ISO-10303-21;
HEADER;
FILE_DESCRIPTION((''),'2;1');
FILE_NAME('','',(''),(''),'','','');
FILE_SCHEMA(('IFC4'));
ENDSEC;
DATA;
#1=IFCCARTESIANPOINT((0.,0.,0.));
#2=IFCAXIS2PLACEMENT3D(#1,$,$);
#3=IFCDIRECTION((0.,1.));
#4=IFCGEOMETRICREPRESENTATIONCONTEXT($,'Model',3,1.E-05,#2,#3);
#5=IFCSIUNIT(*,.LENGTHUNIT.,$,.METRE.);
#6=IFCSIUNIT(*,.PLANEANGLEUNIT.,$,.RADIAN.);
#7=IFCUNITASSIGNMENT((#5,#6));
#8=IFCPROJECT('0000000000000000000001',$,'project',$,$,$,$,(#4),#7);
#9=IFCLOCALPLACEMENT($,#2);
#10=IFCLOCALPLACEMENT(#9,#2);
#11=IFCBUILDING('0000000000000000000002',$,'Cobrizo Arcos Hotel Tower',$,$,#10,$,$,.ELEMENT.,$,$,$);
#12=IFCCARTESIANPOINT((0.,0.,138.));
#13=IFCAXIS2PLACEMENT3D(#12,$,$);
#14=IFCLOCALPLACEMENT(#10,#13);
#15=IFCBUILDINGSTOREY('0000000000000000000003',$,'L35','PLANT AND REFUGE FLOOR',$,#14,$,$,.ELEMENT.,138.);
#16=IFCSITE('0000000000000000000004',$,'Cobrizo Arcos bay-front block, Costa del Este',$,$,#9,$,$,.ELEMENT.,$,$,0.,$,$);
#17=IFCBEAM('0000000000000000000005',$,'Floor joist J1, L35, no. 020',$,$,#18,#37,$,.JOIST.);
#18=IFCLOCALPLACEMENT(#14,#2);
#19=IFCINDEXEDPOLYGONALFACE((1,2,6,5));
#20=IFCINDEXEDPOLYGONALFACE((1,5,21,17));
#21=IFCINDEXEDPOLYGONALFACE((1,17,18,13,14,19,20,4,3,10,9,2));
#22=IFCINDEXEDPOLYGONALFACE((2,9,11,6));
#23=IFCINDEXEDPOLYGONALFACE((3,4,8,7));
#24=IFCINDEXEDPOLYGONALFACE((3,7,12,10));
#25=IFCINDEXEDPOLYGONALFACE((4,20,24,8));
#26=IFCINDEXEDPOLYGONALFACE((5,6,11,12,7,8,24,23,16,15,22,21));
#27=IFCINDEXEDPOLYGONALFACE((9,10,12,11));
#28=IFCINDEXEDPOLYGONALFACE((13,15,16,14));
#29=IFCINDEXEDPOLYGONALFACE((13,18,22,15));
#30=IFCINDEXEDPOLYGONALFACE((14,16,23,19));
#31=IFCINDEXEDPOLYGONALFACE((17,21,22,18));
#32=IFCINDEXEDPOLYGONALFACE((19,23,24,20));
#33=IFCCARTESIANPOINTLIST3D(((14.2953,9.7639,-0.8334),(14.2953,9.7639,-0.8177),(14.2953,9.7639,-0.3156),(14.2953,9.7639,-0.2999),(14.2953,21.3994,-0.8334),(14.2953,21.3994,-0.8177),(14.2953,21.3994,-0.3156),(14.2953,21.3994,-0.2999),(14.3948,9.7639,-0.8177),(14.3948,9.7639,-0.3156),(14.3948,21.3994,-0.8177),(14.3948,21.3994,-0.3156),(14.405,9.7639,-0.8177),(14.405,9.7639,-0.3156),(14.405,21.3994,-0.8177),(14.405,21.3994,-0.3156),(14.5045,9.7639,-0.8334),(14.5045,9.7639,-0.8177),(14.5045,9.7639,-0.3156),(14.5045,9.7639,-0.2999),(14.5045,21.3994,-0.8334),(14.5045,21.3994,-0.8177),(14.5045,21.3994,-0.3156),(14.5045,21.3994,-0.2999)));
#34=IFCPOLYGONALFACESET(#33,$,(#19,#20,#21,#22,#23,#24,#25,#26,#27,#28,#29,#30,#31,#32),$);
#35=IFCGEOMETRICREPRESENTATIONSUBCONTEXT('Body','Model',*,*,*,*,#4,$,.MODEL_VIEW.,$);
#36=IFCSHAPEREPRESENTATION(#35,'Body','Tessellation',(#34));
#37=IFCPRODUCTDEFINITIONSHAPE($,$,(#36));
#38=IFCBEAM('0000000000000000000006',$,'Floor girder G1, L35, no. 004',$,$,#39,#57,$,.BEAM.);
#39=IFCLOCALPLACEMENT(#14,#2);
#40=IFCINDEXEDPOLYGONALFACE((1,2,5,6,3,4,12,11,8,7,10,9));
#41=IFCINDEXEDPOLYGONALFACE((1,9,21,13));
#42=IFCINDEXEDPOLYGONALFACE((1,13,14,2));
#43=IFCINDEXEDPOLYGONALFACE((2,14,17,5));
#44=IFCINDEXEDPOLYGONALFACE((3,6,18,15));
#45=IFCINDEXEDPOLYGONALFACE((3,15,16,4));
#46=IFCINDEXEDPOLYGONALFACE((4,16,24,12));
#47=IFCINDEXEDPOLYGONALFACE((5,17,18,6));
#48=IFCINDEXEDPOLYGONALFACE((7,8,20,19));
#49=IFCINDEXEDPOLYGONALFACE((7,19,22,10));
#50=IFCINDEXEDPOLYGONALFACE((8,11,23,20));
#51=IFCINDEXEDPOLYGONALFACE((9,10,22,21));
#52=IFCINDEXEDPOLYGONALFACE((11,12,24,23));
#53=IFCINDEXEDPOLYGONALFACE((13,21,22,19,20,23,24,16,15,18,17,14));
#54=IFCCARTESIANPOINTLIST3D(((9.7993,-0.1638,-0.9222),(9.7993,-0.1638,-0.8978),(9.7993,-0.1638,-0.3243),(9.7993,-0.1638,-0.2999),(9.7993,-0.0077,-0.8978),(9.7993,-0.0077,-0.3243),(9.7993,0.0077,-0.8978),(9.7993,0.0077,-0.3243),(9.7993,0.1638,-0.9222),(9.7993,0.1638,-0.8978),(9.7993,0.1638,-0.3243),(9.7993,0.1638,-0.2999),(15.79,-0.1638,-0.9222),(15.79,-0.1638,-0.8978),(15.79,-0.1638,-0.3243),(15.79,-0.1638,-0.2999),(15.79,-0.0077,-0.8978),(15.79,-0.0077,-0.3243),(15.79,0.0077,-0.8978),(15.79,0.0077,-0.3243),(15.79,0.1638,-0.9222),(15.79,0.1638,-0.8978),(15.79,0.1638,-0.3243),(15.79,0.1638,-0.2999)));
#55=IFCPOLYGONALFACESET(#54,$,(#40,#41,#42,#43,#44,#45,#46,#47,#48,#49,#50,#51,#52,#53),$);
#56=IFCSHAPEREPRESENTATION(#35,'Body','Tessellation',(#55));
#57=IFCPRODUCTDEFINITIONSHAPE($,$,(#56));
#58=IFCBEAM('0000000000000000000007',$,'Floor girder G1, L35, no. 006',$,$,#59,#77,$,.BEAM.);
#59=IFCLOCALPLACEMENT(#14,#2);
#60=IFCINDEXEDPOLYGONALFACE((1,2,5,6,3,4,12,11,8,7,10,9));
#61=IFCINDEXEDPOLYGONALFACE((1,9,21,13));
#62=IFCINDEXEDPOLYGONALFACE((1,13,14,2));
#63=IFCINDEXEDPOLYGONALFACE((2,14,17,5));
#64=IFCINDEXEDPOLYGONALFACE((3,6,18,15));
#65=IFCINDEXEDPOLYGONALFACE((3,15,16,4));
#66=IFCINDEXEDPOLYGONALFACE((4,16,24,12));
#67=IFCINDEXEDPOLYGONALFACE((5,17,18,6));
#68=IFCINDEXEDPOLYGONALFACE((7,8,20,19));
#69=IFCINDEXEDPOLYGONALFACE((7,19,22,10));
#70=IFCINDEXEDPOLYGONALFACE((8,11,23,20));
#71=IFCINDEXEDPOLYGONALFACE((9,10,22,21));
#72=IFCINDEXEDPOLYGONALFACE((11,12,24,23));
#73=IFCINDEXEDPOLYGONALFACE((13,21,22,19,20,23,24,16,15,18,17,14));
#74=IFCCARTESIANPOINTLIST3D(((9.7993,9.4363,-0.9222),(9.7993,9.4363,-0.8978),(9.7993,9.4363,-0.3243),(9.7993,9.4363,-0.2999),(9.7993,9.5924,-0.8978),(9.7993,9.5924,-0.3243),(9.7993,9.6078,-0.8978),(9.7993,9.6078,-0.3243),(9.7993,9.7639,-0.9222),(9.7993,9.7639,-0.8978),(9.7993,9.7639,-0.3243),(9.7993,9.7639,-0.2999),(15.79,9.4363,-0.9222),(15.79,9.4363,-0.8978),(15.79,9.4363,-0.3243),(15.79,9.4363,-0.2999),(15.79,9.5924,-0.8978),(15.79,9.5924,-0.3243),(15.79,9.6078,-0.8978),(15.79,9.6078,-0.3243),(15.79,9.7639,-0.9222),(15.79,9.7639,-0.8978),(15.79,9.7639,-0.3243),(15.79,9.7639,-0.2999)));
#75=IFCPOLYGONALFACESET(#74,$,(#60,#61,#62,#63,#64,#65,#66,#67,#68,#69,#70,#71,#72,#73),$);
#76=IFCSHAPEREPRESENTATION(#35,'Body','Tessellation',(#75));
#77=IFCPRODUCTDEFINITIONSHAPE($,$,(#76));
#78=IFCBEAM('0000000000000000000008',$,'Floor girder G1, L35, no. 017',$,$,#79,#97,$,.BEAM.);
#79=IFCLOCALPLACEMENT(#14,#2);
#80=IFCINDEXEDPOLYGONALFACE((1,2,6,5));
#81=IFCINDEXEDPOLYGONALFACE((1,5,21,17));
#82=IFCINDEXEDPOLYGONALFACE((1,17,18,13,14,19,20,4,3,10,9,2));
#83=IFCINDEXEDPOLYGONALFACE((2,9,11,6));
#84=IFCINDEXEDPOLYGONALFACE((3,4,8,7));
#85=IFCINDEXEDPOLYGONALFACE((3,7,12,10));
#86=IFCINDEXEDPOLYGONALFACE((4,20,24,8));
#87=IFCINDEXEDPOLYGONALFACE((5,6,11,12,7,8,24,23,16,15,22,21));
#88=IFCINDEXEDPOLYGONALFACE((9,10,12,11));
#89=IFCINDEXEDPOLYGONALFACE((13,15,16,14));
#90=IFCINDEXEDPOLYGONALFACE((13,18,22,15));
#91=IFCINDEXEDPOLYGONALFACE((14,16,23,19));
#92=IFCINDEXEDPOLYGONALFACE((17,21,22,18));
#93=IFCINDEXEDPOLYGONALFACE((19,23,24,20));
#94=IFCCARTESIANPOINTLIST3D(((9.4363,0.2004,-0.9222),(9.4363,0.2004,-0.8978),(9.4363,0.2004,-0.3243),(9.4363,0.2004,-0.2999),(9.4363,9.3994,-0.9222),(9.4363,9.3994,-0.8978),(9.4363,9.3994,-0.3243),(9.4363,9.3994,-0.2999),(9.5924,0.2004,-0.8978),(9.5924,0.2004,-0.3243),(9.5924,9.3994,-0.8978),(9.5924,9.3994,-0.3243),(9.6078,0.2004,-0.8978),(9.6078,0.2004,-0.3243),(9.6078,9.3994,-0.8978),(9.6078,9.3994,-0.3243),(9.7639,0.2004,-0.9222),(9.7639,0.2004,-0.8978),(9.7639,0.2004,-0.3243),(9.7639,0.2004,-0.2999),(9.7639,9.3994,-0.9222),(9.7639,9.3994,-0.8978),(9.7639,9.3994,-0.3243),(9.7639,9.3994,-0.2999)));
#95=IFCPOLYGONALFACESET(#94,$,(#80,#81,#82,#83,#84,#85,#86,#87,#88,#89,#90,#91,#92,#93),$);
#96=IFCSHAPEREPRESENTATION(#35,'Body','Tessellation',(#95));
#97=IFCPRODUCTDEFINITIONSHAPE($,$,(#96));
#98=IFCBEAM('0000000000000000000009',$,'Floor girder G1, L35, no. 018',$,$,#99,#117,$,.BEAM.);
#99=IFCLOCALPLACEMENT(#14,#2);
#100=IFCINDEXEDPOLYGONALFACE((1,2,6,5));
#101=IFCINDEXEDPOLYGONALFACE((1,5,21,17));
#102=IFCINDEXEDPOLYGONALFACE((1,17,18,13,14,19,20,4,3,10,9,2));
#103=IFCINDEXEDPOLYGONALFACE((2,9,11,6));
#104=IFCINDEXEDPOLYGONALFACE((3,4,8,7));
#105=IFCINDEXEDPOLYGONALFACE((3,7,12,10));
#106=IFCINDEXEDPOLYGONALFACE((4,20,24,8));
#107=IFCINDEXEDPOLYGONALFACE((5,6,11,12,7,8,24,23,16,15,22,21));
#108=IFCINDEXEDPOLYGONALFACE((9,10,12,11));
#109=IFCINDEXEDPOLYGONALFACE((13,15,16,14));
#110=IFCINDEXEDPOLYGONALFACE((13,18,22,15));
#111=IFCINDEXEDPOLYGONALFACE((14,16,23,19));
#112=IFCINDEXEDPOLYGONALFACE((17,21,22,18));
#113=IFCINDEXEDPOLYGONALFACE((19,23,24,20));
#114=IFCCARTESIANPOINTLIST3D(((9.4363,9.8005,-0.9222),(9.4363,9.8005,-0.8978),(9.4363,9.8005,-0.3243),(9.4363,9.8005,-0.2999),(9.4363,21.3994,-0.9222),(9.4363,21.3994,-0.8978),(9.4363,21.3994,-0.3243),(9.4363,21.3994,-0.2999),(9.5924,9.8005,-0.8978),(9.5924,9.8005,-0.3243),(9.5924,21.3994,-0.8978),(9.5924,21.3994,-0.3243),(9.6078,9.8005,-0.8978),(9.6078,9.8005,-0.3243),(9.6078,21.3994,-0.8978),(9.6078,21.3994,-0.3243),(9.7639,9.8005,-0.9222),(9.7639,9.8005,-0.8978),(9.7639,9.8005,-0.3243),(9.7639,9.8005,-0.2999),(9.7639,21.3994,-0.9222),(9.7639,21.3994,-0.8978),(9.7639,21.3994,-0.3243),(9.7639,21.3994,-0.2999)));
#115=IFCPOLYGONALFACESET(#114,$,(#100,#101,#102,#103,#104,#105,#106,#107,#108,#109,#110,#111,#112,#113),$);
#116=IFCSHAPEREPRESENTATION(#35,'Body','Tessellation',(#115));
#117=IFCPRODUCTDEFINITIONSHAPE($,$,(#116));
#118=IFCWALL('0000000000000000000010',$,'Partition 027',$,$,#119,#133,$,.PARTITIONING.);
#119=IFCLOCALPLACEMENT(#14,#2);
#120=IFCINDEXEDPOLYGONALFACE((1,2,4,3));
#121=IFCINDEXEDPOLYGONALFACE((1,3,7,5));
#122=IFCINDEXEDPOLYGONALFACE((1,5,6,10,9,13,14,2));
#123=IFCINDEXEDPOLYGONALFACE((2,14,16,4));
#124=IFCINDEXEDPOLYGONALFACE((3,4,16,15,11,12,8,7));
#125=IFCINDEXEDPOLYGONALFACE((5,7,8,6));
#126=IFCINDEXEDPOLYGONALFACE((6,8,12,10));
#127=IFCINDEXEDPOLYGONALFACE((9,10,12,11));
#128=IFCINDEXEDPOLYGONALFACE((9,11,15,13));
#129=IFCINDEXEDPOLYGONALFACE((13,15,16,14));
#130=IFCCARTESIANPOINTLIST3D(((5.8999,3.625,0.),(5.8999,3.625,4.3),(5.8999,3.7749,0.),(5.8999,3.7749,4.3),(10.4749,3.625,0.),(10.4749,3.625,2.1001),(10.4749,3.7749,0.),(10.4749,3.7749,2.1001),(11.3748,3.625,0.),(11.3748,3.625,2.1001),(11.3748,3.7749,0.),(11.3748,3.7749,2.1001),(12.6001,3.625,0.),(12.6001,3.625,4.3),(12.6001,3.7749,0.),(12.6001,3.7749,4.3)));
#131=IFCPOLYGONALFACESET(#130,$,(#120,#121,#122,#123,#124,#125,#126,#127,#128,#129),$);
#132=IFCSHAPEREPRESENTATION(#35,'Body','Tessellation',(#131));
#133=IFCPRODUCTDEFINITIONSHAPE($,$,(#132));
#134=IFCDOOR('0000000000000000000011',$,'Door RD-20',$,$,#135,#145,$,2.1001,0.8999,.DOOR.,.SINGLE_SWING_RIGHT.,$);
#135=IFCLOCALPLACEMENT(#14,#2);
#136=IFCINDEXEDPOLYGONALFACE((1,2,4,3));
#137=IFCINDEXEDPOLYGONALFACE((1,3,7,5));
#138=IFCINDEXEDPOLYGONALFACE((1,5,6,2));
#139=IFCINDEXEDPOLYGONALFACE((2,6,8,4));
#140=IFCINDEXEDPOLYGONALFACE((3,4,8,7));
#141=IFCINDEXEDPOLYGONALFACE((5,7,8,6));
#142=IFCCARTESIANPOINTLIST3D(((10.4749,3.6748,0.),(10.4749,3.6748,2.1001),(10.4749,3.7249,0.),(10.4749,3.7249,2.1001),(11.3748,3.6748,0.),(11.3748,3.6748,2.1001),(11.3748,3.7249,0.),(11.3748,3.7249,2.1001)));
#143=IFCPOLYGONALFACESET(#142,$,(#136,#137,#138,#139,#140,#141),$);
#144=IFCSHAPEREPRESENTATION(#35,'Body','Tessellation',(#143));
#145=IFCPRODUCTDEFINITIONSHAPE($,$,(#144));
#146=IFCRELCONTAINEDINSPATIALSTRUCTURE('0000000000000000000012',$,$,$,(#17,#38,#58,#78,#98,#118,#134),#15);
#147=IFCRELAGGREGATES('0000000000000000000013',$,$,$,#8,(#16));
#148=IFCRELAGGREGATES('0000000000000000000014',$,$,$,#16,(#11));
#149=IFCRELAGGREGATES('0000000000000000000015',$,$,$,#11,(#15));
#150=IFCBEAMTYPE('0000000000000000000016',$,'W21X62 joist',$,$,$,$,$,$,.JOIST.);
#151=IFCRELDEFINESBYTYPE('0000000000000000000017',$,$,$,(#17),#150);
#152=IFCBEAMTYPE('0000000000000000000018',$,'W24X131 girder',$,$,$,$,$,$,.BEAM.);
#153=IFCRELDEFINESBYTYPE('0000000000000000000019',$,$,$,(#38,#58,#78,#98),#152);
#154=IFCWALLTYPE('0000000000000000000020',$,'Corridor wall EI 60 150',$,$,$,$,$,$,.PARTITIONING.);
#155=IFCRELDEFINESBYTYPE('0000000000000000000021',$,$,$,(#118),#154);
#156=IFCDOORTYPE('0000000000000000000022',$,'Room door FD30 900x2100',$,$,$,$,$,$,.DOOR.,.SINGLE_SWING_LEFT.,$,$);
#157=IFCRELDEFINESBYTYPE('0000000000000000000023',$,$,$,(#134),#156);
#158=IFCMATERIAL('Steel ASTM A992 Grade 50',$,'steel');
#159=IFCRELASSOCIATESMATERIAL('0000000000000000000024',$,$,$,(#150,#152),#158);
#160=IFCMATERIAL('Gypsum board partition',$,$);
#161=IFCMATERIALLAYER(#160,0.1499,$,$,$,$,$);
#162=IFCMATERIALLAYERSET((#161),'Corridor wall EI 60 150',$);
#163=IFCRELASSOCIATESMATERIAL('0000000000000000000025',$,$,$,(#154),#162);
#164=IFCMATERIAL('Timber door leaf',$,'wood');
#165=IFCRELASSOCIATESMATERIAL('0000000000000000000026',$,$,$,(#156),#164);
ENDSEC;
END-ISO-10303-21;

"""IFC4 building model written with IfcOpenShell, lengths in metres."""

from ifc_helpers import new_model, si_unit, direction, frame, frame_2d, origin, origin_2d, place, context, subcontext, project, spatial, rectangle, i_section, extrude, material, layer, layer_set, material_profile, profile_set, type_object, element, fill, save


model = new_model("IFC4")

# Units and contexts
model_context = context("Model", 3, precision=1e-05, world=origin(), true_north=direction((0.0, 1.0)))
body_context = subcontext(model_context, "Body", "Model", "MODEL_VIEW")
ifc_project = project(units=[si_unit("LENGTHUNIT", "METRE"), si_unit("PLANEANGLEUNIT", "RADIAN")], contexts=[model_context])

# Site, building, storey
site_placement = place(None, origin())
site = spatial("IfcSite", under=ifc_project, at=site_placement, Name="Cobrizo Arcos bay-front block, Costa del Este", CompositionType="ELEMENT", RefElevation=0.0)
building_placement = place(site_placement, origin())
building = spatial("IfcBuilding", under=site, at=building_placement, Name="Cobrizo Arcos Hotel Tower", CompositionType="ELEMENT")
storey_placement = place(building_placement, frame((0.0, 0.0, 138.0)))
storey = spatial("IfcBuildingStorey", under=building, at=storey_placement, Name="L35", Description="PLANT AND REFUGE FLOOR", CompositionType="ELEMENT", Elevation=138.0)

# Shared definitions
ifc_material_1 = material(Name="Steel ASTM A992 Grade 50", Category="steel")

# Beams
ifc_material_profile_1 = material_profile(ifc_material_1, i_section(OverallWidth=0.2092, OverallDepth=0.5334, WebThickness=0.0103, FlangeThickness=0.0156, at=origin_2d()), Name="W21X62")
ifc_profile_set_1 = profile_set([ifc_material_profile_1], Name="Steel ASTM A992 Grade 50")
beam_type_1 = type_object("IfcBeamType", Name="W21X62 joist", PredefinedType="JOIST", material=ifc_profile_set_1)
beam_1_placement = place(storey_placement, frame((14.3999, 9.7639, -0.5667), z_axis=(0.0, 1.0, 0.0), x_axis=(-1.0, 0.0, 0.0)))
element("IfcBeam", 1, at=beam_1_placement, inside=storey, type_object=beam_type_1, Name="Floor joist J1, L35, no. 020", PredefinedType="JOIST", context=body_context, shape_type="SweptSolid", body=[
    extrude(i_section(OverallWidth=0.2092, OverallDepth=0.5334, WebThickness=0.0103, FlangeThickness=0.0156, at=origin_2d()), origin(), (0.0, 0.0, 1.0), 11.6355),
])
ifc_material_profile_2 = material_profile(ifc_material_1, i_section(OverallWidth=0.3276, OverallDepth=0.6223, WebThickness=0.0154, FlangeThickness=0.0244, at=origin_2d()), Name="W24X131")
ifc_profile_set_2 = profile_set([ifc_material_profile_2], Name="Steel ASTM A992 Grade 50")
beam_type_2 = type_object("IfcBeamType", Name="W24X131 girder", PredefinedType="BEAM", material=ifc_profile_set_2)
for number, where, z_axis, x_axis, name in (
    (2, (9.7993, 0.0, -0.6111), (1.0, 0.0, 0.0), (0.0, 1.0, 0.0), "Floor girder G1, L35, no. 004"),
    (3, (9.7993, 9.6001, -0.6111), (1.0, 0.0, 0.0), (0.0, 1.0, 0.0), "Floor girder G1, L35, no. 006"),
):
    element("IfcBeam", number, at=place(storey_placement, frame(where, z_axis=z_axis, x_axis=x_axis)), inside=storey, type_object=beam_type_2, Name=name, PredefinedType="BEAM", context=body_context, shape_type="SweptSolid", body=[
        extrude(i_section(OverallWidth=0.3276, OverallDepth=0.6223, WebThickness=0.0154, FlangeThickness=0.0244, at=origin_2d()), origin(), (0.0, 0.0, 1.0), 5.9907),
    ])
beam_2_placement = place(storey_placement, frame((9.6001, 0.2004, -0.6111), z_axis=(0.0, 1.0, 0.0), x_axis=(-1.0, 0.0, 0.0)))
element("IfcBeam", 4, at=beam_2_placement, inside=storey, type_object=beam_type_2, Name="Floor girder G1, L35, no. 017", PredefinedType="BEAM", context=body_context, shape_type="SweptSolid", body=[
    extrude(i_section(OverallWidth=0.3276, OverallDepth=0.6223, WebThickness=0.0154, FlangeThickness=0.0244, at=origin_2d()), origin(), (0.0, 0.0, 1.0), 9.199),
])
beam_3_placement = place(storey_placement, frame((9.6001, 9.8005, -0.6111), z_axis=(0.0, 1.0, 0.0), x_axis=(-1.0, 0.0, 0.0)))
element("IfcBeam", 5, at=beam_3_placement, inside=storey, type_object=beam_type_2, Name="Floor girder G1, L35, no. 018", PredefinedType="BEAM", context=body_context, shape_type="SweptSolid", body=[
    extrude(i_section(OverallWidth=0.3276, OverallDepth=0.6223, WebThickness=0.0154, FlangeThickness=0.0244, at=origin_2d()), origin(), (0.0, 0.0, 1.0), 11.5989),
])

# Wall, opening, door
ifc_material_2 = material(Name="Gypsum board partition")
ifc_layer_1 = layer(ifc_material_2, 0.1499)
ifc_layer_set_1 = layer_set([ifc_layer_1], Name="Corridor wall EI 60 150")
wall_type_1 = type_object("IfcWallType", Name="Corridor wall EI 60 150", PredefinedType="PARTITIONING", material=ifc_layer_set_1)
wall_1_placement = place(storey_placement, frame((5.8999, 3.7, 0.0), z_axis=(0.0, 0.0, 1.0), x_axis=(1.0, 0.0, 0.0)))
wall_1 = element("IfcWall", 6, at=wall_1_placement, inside=storey, type_object=wall_type_1, Name="Partition 027", PredefinedType="PARTITIONING", context=body_context, shape_type="SweptSolid", body=[
    extrude(rectangle(XDim=6.7002, YDim=0.1499, at=frame_2d((3.3501, 0.0))), origin(), (0.0, 0.0, 1.0), 4.3),
])
opening_1_placement = place(wall_1_placement, frame((4.575, 0.0, 0.0)))
opening_1 = element("IfcOpeningElement", 7, at=opening_1_placement, cuts=wall_1, PredefinedType="OPENING", context=body_context, shape_type="SweptSolid", body=[
    extrude(rectangle(XDim=0.8999, YDim=2.1001, at=frame_2d((0.45, 1.05))), frame((0.0, 0.0869, 0.0), z_axis=(0.0, -1.0, 0.0), x_axis=(1.0, 0.0, 0.0)), (0.0, 0.0, 1.0), 0.1738),
])
ifc_material_3 = material(Name="Timber door leaf", Category="wood")
door_type_1 = type_object("IfcDoorType", Name="Room door FD30 900x2100", OperationType="SINGLE_SWING_LEFT", PredefinedType="DOOR", material=ifc_material_3)
door_1_placement = place(opening_1_placement, origin())
door_1 = element("IfcDoor", 8, at=door_1_placement, inside=storey, type_object=door_type_1, Name="Door RD-20", OperationType="SINGLE_SWING_RIGHT", OverallHeight=2.1001, OverallWidth=0.8999, PredefinedType="DOOR", context=body_context, shape_type="SweptSolid", body=[
    extrude(rectangle(XDim=0.8999, YDim=2.1001, at=frame_2d((0.45, 1.05))), frame((0.0, 0.0249, 0.0), z_axis=(0.0, -1.0, 0.0), x_axis=(1.0, 0.0, 0.0)), (0.0, 0.0, 1.0), 0.05),
])
fill(opening_1, door_1)

save(model, "model.ifc")
